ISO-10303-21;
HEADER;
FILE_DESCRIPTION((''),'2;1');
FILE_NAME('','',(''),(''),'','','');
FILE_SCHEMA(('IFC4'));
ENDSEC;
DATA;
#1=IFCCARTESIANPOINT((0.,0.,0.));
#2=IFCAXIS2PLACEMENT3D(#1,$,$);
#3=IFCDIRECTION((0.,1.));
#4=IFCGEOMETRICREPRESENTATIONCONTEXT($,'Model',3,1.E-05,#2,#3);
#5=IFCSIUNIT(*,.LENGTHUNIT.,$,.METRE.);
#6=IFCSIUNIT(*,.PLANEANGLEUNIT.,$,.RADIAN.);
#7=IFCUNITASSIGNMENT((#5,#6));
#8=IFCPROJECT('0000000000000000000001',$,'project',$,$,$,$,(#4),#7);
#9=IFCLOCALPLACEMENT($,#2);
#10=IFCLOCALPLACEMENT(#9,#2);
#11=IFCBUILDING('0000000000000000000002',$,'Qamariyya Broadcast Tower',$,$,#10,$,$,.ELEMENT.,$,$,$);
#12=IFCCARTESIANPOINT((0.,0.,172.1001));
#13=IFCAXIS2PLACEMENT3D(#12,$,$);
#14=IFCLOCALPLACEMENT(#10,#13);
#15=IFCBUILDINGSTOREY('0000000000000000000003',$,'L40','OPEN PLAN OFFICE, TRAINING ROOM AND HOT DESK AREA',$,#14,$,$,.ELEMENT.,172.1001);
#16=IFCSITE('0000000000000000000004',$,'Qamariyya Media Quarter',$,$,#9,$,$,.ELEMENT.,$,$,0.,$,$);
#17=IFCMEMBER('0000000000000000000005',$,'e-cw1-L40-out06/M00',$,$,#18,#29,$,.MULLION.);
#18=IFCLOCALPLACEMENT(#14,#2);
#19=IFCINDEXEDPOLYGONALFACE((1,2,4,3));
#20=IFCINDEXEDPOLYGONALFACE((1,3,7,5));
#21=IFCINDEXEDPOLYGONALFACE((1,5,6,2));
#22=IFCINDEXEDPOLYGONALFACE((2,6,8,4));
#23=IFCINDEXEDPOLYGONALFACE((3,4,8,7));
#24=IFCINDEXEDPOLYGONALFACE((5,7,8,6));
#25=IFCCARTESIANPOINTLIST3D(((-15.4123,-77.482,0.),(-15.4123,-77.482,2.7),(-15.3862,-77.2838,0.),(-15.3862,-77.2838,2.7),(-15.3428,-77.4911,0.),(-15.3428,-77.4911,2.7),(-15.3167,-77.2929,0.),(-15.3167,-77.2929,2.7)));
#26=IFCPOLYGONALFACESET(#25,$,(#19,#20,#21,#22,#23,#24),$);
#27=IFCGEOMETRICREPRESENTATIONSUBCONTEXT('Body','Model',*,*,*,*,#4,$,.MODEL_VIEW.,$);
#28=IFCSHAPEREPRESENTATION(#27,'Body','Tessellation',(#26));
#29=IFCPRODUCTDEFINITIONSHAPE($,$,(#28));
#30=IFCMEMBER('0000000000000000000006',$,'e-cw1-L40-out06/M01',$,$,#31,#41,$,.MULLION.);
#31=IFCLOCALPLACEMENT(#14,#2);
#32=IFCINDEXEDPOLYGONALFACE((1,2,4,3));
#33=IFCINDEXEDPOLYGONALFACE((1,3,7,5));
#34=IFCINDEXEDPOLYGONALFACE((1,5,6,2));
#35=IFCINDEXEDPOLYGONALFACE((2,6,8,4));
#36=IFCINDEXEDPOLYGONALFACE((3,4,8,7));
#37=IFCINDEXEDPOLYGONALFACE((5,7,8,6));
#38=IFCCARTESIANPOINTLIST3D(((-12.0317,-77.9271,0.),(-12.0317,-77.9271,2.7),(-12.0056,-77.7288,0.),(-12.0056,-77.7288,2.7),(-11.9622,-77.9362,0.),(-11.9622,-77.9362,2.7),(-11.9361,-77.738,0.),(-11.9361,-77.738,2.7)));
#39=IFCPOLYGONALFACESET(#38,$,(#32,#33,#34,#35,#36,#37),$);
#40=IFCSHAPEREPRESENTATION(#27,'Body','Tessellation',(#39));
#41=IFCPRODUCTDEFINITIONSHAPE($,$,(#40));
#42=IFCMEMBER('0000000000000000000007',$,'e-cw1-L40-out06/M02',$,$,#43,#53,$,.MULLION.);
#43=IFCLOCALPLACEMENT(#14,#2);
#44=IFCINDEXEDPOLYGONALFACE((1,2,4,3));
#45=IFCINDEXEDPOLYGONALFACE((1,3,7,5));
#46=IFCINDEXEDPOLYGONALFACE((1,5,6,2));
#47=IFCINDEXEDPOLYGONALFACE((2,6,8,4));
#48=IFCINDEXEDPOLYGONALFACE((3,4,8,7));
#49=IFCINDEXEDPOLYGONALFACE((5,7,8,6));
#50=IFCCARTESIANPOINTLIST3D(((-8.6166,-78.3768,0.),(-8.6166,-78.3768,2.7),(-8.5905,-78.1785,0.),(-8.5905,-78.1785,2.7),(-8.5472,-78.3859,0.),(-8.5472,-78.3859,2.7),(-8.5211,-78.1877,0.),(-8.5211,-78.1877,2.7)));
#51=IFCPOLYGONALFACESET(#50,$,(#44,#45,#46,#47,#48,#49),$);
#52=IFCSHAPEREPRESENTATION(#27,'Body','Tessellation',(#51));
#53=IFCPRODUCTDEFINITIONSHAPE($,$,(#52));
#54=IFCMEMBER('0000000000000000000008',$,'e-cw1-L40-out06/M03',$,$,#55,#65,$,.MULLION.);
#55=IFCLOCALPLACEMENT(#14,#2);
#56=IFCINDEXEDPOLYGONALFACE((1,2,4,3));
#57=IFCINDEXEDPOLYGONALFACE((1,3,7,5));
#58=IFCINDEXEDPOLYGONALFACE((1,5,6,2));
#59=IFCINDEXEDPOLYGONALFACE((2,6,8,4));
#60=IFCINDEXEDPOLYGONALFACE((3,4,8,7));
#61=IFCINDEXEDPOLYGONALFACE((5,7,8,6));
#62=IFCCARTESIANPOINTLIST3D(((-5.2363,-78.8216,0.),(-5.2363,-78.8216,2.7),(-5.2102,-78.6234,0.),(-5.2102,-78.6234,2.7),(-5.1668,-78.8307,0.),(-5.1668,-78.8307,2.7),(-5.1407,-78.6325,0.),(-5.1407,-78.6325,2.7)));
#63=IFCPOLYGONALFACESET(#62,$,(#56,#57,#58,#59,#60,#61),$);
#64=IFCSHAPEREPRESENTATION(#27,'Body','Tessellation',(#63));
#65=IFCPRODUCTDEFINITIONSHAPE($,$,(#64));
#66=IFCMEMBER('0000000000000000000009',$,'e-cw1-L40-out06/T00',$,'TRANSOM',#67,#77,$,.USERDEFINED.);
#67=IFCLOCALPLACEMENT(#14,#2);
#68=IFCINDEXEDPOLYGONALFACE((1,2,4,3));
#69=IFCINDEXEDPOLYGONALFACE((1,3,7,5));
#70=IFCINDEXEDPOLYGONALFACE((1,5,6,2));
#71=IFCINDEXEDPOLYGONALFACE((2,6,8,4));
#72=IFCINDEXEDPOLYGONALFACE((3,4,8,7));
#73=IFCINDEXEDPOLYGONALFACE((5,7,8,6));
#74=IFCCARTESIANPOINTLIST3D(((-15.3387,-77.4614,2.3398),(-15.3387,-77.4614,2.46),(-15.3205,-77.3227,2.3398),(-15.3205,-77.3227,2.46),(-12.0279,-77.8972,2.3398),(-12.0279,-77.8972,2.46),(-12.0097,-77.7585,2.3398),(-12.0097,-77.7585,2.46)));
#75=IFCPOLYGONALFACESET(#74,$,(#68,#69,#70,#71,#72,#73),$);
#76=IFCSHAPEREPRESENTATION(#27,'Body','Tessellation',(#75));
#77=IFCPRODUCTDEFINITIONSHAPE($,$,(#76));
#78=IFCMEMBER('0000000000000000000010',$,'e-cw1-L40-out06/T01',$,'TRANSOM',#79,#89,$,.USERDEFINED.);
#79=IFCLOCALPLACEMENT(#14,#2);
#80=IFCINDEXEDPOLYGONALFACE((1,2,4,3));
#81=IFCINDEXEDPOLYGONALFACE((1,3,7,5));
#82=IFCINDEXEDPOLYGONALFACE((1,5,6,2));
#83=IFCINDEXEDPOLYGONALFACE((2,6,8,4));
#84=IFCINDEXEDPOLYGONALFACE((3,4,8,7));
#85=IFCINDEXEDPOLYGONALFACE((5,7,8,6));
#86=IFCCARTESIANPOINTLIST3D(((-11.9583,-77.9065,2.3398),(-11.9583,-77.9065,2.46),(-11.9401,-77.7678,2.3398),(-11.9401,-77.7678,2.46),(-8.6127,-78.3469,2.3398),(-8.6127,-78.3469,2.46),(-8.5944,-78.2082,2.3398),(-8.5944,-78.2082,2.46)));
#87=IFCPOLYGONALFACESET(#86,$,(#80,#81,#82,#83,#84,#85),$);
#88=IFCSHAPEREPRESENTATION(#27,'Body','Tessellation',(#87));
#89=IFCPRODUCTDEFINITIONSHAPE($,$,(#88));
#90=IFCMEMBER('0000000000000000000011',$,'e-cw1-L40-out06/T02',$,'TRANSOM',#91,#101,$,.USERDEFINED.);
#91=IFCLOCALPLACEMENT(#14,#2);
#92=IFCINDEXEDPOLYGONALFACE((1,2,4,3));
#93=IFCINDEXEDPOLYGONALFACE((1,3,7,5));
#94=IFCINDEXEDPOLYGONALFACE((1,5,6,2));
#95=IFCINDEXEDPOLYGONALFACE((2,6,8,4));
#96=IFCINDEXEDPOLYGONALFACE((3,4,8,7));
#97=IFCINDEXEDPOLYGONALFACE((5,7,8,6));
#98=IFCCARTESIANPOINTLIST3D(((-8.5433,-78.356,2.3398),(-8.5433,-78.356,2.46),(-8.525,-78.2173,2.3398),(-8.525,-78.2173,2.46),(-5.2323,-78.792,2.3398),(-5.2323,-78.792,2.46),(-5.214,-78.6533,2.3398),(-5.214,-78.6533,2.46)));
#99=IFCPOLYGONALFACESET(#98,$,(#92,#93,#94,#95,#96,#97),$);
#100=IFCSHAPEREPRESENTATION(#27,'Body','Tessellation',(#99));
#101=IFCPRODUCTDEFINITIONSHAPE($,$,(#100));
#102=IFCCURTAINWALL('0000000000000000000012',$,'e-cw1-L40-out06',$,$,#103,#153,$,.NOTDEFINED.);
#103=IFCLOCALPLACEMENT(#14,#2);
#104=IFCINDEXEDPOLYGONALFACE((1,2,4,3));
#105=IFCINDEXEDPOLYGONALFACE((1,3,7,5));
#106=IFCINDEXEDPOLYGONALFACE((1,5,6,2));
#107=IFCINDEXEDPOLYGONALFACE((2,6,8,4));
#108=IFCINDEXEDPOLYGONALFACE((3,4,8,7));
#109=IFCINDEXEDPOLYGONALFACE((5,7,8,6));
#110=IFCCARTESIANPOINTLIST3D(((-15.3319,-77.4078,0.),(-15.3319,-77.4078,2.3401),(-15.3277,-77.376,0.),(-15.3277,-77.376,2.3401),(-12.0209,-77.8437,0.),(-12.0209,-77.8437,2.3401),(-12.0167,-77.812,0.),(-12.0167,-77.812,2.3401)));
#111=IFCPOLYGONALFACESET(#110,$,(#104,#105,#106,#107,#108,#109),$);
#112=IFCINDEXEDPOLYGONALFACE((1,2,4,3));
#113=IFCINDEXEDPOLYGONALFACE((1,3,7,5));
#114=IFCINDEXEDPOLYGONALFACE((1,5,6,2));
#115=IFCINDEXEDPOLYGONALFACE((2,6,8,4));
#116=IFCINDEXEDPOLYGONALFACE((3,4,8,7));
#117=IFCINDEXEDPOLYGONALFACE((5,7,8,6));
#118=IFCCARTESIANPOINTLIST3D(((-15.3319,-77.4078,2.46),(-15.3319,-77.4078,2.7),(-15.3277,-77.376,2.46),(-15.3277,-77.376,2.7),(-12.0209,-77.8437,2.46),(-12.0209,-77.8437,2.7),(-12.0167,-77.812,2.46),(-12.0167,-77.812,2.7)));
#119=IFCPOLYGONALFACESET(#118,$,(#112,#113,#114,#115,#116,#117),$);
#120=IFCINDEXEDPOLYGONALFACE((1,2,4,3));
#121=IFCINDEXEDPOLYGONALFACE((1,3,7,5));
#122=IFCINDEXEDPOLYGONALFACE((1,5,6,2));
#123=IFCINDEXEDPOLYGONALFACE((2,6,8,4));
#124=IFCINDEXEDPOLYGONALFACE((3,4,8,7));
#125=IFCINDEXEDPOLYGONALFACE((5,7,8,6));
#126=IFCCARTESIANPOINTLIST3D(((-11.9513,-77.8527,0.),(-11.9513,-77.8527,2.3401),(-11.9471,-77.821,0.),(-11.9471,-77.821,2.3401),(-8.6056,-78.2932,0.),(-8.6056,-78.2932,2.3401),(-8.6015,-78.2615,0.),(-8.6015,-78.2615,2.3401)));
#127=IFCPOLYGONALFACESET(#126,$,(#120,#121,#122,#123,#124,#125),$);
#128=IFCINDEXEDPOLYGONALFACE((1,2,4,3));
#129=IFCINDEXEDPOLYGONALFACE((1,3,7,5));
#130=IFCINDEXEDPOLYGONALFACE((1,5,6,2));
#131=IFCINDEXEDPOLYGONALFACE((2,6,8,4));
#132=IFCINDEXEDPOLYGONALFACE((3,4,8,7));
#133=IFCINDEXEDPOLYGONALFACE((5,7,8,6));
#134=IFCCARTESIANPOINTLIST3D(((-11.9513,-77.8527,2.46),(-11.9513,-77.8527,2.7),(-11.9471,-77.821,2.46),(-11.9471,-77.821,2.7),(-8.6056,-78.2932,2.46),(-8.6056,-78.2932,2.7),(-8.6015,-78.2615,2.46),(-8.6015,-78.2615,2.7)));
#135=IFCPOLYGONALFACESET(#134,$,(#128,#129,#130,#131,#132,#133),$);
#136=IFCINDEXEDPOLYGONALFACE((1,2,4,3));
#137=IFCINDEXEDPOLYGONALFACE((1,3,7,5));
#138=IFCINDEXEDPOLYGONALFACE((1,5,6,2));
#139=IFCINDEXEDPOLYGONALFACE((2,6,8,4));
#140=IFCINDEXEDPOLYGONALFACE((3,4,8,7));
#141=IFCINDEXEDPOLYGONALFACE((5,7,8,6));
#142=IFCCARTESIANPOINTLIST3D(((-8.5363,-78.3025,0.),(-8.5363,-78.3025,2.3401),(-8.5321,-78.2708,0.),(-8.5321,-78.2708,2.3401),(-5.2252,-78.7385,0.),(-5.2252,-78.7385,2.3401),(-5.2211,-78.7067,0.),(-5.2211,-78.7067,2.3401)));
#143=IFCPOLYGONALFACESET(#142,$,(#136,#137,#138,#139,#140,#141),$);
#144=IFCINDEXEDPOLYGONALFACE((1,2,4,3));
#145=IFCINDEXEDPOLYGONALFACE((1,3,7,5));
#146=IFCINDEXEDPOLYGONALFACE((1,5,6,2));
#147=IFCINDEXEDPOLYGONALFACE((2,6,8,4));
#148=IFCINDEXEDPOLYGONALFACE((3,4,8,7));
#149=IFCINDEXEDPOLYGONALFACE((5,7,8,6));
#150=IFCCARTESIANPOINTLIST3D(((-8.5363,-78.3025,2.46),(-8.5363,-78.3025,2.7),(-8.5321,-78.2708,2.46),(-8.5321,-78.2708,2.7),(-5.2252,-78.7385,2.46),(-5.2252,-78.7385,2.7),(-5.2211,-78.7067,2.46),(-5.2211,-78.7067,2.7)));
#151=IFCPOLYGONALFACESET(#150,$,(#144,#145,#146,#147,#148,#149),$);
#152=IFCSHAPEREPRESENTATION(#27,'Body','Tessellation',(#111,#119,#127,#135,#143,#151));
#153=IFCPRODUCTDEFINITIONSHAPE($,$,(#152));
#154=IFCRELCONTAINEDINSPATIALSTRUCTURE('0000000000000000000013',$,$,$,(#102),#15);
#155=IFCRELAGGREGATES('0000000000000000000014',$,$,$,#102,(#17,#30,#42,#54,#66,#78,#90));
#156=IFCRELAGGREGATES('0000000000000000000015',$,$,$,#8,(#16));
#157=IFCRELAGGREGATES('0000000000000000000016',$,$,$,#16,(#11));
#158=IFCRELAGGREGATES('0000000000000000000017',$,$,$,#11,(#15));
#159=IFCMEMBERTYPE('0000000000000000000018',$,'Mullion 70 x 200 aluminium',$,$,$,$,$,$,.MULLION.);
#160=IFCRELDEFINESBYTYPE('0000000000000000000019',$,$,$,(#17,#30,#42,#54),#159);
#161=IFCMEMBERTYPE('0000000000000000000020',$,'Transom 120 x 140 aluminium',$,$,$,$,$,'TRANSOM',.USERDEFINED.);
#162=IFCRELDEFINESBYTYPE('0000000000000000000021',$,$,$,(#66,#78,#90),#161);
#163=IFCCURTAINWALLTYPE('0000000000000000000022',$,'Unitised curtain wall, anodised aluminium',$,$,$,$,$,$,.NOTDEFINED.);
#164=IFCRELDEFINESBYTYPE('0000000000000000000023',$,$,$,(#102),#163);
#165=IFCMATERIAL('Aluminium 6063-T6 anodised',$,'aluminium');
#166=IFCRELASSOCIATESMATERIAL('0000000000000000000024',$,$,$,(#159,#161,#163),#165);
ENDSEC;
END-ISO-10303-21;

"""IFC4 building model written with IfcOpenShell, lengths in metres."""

from ifc_helpers import new_model, si_unit, direction, frame, origin, origin_2d, place, context, subcontext, project, spatial, rectangle, extrude, material, material_profile, profile_set, type_object, element, aggregate, save


model = new_model("IFC4")

# Units and contexts
model_context = context("Model", 3, precision=1e-05, world=origin(), true_north=direction((0.0, 1.0)))
body_context = subcontext(model_context, "Body", "Model", "MODEL_VIEW")
ifc_project = project(units=[si_unit("LENGTHUNIT", "METRE"), si_unit("PLANEANGLEUNIT", "RADIAN")], contexts=[model_context])

# Members
ifc_material = material(Name="Aluminium 6063-T6 anodised", Category="aluminium")
ifc_material_profile_1 = material_profile(ifc_material, rectangle(XDim=0.2, YDim=0.0701, at=origin_2d()))
ifc_profile_set_1 = profile_set([ifc_material_profile_1], Name="Aluminium 6063-T6 anodised")
member_type_1 = type_object("IfcMemberType", Name="Mullion 70 x 200 aluminium", PredefinedType="MULLION", material=ifc_profile_set_1)
site_placement = place(None, origin())
building_placement = place(site_placement, origin())
storey_placement = place(building_placement, frame((0.0, 0.0, 172.1001)))
member_1_placement = place(storey_placement, frame((-15.3645, -77.3875, 0.0), z_axis=(0.0, 0.0, 1.0), x_axis=(0.130526, 0.991445, 0.0)))
member_1 = element("IfcMember", 1, at=member_1_placement, type_object=member_type_1, Name="e-cw1-L40-out06/M00", PredefinedType="MULLION", context=body_context, shape_type="SweptSolid", body=[
    extrude(rectangle(XDim=0.2, YDim=0.0701, at=origin_2d()), origin(), (0.0, 0.0, 1.0), 2.7),
])
member_2_placement = place(storey_placement, frame((-11.9839, -77.8325, 0.0), z_axis=(0.0, 0.0, 1.0), x_axis=(0.130526, 0.991445, 0.0)))
member_2 = element("IfcMember", 2, at=member_2_placement, type_object=member_type_1, Name="e-cw1-L40-out06/M01", PredefinedType="MULLION", context=body_context, shape_type="SweptSolid", body=[
    extrude(rectangle(XDim=0.2, YDim=0.0701, at=origin_2d()), origin(), (0.0, 0.0, 1.0), 2.7),
])
member_3_placement = place(storey_placement, frame((-8.5688, -78.2822, 0.0), z_axis=(0.0, 0.0, 1.0), x_axis=(0.130526, 0.991445, 0.0)))
member_3 = element("IfcMember", 3, at=member_3_placement, type_object=member_type_1, Name="e-cw1-L40-out06/M02", PredefinedType="MULLION", context=body_context, shape_type="SweptSolid", body=[
    extrude(rectangle(XDim=0.2, YDim=0.0701, at=origin_2d()), origin(), (0.0, 0.0, 1.0), 2.7),
])
member_4_placement = place(storey_placement, frame((-5.1885, -78.7271, 0.0), z_axis=(0.0, 0.0, 1.0), x_axis=(0.130526, 0.991445, 0.0)))
member_4 = element("IfcMember", 4, at=member_4_placement, type_object=member_type_1, Name="e-cw1-L40-out06/M03", PredefinedType="MULLION", context=body_context, shape_type="SweptSolid", body=[
    extrude(rectangle(XDim=0.2, YDim=0.0701, at=origin_2d()), origin(), (0.0, 0.0, 1.0), 2.7),
])
ifc_material_profile_2 = material_profile(ifc_material, rectangle(XDim=0.1399, YDim=0.1201, at=origin_2d()))
ifc_profile_set_2 = profile_set([ifc_material_profile_2], Name="Aluminium 6063-T6 anodised")
member_type_2 = type_object("IfcMemberType", Name="Transom 120 x 140 aluminium", ElementType="TRANSOM", PredefinedType="USERDEFINED", material=ifc_profile_set_2)
member_5_placement = place(storey_placement, frame((-15.3296, -77.3921, 2.3999), z_axis=(0.991448, -0.130502, 0.0), x_axis=(0.130502, 0.991448, 0.0)))
member_5 = element("IfcMember", 5, at=member_5_placement, type_object=member_type_2, Name="e-cw1-L40-out06/T00", ObjectType="TRANSOM", PredefinedType="USERDEFINED", context=body_context, shape_type="SweptSolid", body=[
    extrude(rectangle(XDim=0.1399, YDim=0.1201, at=origin_2d()), origin(), (0.0, 0.0, 1.0), 3.3394),
])
member_6_placement = place(storey_placement, frame((-11.9492, -77.8372, 2.3999), z_axis=(0.991446, -0.130514, 0.0), x_axis=(0.130514, 0.991446, 0.0)))
member_6 = element("IfcMember", 6, at=member_6_placement, type_object=member_type_2, Name="e-cw1-L40-out06/T01", ObjectType="TRANSOM", PredefinedType="USERDEFINED", context=body_context, shape_type="SweptSolid", body=[
    extrude(rectangle(XDim=0.1399, YDim=0.1201, at=origin_2d()), origin(), (0.0, 0.0, 1.0), 3.3745),
])
member_7_placement = place(storey_placement, frame((-8.5342, -78.2866, 2.3999), z_axis=(0.99144, -0.130564, 0.0), x_axis=(0.130564, 0.99144, 0.0)))
member_7 = element("IfcMember", 7, at=member_7_placement, type_object=member_type_2, Name="e-cw1-L40-out06/T02", ObjectType="TRANSOM", PredefinedType="USERDEFINED", context=body_context, shape_type="SweptSolid", body=[
    extrude(rectangle(XDim=0.1399, YDim=0.1201, at=origin_2d()), origin(), (0.0, 0.0, 1.0), 3.3396),
])

# Site, building, storey
site = spatial("IfcSite", under=ifc_project, at=site_placement, Name="Qamariyya Media Quarter", CompositionType="ELEMENT", RefElevation=0.0)
building = spatial("IfcBuilding", under=site, at=building_placement, Name="Qamariyya Broadcast Tower", CompositionType="ELEMENT")
storey = spatial("IfcBuildingStorey", under=building, at=storey_placement, Name="L40", Description="OPEN PLAN OFFICE, TRAINING ROOM AND HOT DESK AREA", CompositionType="ELEMENT", Elevation=172.1001)

# Curtain wall
curtain_wall_type = type_object("IfcCurtainWallType", Name="Unitised curtain wall, anodised aluminium", PredefinedType="NOTDEFINED", material=ifc_material)
curtain_wall_1_placement = place(storey_placement, origin())
curtain_wall_1 = element("IfcCurtainWall", 8, at=curtain_wall_1_placement, inside=storey, type_object=curtain_wall_type, Name="e-cw1-L40-out06", PredefinedType="NOTDEFINED", context=body_context, shape_type="SweptSolid", body=[
    extrude(rectangle(XDim=3.3396, YDim=0.032, at=origin_2d()), frame((-13.6743, -77.6099, 0.0), x_axis=(0.991444, -0.130531, 0.0)), (0.0, 0.0, 1.0), 2.3401),
    extrude(rectangle(XDim=3.3396, YDim=0.032, at=origin_2d()), frame((-13.6743, -77.6099, 2.46), x_axis=(0.991444, -0.130531, 0.0)), (0.0, 0.0, 1.0), 0.24),
    extrude(rectangle(XDim=3.3745, YDim=0.032, at=origin_2d()), frame((-10.2764, -78.0571, 0.0), x_axis=(0.991444, -0.130531, 0.0)), (0.0, 0.0, 1.0), 2.3401),
    extrude(rectangle(XDim=3.3745, YDim=0.032, at=origin_2d()), frame((-10.2764, -78.0571, 2.46), x_axis=(0.991444, -0.130531, 0.0)), (0.0, 0.0, 1.0), 0.24),
    extrude(rectangle(XDim=3.3396, YDim=0.032, at=origin_2d()), frame((-6.8787, -78.5046, 0.0), x_axis=(0.991444, -0.130531, 0.0)), (0.0, 0.0, 1.0), 2.3401),
    extrude(rectangle(XDim=3.3396, YDim=0.032, at=origin_2d()), frame((-6.8787, -78.5046, 2.46), x_axis=(0.991444, -0.130531, 0.0)), (0.0, 0.0, 1.0), 0.24),
])
aggregate(curtain_wall_1, [member_1, member_2, member_3, member_4, member_5, member_6, member_7])

save(model, "model.ifc")
